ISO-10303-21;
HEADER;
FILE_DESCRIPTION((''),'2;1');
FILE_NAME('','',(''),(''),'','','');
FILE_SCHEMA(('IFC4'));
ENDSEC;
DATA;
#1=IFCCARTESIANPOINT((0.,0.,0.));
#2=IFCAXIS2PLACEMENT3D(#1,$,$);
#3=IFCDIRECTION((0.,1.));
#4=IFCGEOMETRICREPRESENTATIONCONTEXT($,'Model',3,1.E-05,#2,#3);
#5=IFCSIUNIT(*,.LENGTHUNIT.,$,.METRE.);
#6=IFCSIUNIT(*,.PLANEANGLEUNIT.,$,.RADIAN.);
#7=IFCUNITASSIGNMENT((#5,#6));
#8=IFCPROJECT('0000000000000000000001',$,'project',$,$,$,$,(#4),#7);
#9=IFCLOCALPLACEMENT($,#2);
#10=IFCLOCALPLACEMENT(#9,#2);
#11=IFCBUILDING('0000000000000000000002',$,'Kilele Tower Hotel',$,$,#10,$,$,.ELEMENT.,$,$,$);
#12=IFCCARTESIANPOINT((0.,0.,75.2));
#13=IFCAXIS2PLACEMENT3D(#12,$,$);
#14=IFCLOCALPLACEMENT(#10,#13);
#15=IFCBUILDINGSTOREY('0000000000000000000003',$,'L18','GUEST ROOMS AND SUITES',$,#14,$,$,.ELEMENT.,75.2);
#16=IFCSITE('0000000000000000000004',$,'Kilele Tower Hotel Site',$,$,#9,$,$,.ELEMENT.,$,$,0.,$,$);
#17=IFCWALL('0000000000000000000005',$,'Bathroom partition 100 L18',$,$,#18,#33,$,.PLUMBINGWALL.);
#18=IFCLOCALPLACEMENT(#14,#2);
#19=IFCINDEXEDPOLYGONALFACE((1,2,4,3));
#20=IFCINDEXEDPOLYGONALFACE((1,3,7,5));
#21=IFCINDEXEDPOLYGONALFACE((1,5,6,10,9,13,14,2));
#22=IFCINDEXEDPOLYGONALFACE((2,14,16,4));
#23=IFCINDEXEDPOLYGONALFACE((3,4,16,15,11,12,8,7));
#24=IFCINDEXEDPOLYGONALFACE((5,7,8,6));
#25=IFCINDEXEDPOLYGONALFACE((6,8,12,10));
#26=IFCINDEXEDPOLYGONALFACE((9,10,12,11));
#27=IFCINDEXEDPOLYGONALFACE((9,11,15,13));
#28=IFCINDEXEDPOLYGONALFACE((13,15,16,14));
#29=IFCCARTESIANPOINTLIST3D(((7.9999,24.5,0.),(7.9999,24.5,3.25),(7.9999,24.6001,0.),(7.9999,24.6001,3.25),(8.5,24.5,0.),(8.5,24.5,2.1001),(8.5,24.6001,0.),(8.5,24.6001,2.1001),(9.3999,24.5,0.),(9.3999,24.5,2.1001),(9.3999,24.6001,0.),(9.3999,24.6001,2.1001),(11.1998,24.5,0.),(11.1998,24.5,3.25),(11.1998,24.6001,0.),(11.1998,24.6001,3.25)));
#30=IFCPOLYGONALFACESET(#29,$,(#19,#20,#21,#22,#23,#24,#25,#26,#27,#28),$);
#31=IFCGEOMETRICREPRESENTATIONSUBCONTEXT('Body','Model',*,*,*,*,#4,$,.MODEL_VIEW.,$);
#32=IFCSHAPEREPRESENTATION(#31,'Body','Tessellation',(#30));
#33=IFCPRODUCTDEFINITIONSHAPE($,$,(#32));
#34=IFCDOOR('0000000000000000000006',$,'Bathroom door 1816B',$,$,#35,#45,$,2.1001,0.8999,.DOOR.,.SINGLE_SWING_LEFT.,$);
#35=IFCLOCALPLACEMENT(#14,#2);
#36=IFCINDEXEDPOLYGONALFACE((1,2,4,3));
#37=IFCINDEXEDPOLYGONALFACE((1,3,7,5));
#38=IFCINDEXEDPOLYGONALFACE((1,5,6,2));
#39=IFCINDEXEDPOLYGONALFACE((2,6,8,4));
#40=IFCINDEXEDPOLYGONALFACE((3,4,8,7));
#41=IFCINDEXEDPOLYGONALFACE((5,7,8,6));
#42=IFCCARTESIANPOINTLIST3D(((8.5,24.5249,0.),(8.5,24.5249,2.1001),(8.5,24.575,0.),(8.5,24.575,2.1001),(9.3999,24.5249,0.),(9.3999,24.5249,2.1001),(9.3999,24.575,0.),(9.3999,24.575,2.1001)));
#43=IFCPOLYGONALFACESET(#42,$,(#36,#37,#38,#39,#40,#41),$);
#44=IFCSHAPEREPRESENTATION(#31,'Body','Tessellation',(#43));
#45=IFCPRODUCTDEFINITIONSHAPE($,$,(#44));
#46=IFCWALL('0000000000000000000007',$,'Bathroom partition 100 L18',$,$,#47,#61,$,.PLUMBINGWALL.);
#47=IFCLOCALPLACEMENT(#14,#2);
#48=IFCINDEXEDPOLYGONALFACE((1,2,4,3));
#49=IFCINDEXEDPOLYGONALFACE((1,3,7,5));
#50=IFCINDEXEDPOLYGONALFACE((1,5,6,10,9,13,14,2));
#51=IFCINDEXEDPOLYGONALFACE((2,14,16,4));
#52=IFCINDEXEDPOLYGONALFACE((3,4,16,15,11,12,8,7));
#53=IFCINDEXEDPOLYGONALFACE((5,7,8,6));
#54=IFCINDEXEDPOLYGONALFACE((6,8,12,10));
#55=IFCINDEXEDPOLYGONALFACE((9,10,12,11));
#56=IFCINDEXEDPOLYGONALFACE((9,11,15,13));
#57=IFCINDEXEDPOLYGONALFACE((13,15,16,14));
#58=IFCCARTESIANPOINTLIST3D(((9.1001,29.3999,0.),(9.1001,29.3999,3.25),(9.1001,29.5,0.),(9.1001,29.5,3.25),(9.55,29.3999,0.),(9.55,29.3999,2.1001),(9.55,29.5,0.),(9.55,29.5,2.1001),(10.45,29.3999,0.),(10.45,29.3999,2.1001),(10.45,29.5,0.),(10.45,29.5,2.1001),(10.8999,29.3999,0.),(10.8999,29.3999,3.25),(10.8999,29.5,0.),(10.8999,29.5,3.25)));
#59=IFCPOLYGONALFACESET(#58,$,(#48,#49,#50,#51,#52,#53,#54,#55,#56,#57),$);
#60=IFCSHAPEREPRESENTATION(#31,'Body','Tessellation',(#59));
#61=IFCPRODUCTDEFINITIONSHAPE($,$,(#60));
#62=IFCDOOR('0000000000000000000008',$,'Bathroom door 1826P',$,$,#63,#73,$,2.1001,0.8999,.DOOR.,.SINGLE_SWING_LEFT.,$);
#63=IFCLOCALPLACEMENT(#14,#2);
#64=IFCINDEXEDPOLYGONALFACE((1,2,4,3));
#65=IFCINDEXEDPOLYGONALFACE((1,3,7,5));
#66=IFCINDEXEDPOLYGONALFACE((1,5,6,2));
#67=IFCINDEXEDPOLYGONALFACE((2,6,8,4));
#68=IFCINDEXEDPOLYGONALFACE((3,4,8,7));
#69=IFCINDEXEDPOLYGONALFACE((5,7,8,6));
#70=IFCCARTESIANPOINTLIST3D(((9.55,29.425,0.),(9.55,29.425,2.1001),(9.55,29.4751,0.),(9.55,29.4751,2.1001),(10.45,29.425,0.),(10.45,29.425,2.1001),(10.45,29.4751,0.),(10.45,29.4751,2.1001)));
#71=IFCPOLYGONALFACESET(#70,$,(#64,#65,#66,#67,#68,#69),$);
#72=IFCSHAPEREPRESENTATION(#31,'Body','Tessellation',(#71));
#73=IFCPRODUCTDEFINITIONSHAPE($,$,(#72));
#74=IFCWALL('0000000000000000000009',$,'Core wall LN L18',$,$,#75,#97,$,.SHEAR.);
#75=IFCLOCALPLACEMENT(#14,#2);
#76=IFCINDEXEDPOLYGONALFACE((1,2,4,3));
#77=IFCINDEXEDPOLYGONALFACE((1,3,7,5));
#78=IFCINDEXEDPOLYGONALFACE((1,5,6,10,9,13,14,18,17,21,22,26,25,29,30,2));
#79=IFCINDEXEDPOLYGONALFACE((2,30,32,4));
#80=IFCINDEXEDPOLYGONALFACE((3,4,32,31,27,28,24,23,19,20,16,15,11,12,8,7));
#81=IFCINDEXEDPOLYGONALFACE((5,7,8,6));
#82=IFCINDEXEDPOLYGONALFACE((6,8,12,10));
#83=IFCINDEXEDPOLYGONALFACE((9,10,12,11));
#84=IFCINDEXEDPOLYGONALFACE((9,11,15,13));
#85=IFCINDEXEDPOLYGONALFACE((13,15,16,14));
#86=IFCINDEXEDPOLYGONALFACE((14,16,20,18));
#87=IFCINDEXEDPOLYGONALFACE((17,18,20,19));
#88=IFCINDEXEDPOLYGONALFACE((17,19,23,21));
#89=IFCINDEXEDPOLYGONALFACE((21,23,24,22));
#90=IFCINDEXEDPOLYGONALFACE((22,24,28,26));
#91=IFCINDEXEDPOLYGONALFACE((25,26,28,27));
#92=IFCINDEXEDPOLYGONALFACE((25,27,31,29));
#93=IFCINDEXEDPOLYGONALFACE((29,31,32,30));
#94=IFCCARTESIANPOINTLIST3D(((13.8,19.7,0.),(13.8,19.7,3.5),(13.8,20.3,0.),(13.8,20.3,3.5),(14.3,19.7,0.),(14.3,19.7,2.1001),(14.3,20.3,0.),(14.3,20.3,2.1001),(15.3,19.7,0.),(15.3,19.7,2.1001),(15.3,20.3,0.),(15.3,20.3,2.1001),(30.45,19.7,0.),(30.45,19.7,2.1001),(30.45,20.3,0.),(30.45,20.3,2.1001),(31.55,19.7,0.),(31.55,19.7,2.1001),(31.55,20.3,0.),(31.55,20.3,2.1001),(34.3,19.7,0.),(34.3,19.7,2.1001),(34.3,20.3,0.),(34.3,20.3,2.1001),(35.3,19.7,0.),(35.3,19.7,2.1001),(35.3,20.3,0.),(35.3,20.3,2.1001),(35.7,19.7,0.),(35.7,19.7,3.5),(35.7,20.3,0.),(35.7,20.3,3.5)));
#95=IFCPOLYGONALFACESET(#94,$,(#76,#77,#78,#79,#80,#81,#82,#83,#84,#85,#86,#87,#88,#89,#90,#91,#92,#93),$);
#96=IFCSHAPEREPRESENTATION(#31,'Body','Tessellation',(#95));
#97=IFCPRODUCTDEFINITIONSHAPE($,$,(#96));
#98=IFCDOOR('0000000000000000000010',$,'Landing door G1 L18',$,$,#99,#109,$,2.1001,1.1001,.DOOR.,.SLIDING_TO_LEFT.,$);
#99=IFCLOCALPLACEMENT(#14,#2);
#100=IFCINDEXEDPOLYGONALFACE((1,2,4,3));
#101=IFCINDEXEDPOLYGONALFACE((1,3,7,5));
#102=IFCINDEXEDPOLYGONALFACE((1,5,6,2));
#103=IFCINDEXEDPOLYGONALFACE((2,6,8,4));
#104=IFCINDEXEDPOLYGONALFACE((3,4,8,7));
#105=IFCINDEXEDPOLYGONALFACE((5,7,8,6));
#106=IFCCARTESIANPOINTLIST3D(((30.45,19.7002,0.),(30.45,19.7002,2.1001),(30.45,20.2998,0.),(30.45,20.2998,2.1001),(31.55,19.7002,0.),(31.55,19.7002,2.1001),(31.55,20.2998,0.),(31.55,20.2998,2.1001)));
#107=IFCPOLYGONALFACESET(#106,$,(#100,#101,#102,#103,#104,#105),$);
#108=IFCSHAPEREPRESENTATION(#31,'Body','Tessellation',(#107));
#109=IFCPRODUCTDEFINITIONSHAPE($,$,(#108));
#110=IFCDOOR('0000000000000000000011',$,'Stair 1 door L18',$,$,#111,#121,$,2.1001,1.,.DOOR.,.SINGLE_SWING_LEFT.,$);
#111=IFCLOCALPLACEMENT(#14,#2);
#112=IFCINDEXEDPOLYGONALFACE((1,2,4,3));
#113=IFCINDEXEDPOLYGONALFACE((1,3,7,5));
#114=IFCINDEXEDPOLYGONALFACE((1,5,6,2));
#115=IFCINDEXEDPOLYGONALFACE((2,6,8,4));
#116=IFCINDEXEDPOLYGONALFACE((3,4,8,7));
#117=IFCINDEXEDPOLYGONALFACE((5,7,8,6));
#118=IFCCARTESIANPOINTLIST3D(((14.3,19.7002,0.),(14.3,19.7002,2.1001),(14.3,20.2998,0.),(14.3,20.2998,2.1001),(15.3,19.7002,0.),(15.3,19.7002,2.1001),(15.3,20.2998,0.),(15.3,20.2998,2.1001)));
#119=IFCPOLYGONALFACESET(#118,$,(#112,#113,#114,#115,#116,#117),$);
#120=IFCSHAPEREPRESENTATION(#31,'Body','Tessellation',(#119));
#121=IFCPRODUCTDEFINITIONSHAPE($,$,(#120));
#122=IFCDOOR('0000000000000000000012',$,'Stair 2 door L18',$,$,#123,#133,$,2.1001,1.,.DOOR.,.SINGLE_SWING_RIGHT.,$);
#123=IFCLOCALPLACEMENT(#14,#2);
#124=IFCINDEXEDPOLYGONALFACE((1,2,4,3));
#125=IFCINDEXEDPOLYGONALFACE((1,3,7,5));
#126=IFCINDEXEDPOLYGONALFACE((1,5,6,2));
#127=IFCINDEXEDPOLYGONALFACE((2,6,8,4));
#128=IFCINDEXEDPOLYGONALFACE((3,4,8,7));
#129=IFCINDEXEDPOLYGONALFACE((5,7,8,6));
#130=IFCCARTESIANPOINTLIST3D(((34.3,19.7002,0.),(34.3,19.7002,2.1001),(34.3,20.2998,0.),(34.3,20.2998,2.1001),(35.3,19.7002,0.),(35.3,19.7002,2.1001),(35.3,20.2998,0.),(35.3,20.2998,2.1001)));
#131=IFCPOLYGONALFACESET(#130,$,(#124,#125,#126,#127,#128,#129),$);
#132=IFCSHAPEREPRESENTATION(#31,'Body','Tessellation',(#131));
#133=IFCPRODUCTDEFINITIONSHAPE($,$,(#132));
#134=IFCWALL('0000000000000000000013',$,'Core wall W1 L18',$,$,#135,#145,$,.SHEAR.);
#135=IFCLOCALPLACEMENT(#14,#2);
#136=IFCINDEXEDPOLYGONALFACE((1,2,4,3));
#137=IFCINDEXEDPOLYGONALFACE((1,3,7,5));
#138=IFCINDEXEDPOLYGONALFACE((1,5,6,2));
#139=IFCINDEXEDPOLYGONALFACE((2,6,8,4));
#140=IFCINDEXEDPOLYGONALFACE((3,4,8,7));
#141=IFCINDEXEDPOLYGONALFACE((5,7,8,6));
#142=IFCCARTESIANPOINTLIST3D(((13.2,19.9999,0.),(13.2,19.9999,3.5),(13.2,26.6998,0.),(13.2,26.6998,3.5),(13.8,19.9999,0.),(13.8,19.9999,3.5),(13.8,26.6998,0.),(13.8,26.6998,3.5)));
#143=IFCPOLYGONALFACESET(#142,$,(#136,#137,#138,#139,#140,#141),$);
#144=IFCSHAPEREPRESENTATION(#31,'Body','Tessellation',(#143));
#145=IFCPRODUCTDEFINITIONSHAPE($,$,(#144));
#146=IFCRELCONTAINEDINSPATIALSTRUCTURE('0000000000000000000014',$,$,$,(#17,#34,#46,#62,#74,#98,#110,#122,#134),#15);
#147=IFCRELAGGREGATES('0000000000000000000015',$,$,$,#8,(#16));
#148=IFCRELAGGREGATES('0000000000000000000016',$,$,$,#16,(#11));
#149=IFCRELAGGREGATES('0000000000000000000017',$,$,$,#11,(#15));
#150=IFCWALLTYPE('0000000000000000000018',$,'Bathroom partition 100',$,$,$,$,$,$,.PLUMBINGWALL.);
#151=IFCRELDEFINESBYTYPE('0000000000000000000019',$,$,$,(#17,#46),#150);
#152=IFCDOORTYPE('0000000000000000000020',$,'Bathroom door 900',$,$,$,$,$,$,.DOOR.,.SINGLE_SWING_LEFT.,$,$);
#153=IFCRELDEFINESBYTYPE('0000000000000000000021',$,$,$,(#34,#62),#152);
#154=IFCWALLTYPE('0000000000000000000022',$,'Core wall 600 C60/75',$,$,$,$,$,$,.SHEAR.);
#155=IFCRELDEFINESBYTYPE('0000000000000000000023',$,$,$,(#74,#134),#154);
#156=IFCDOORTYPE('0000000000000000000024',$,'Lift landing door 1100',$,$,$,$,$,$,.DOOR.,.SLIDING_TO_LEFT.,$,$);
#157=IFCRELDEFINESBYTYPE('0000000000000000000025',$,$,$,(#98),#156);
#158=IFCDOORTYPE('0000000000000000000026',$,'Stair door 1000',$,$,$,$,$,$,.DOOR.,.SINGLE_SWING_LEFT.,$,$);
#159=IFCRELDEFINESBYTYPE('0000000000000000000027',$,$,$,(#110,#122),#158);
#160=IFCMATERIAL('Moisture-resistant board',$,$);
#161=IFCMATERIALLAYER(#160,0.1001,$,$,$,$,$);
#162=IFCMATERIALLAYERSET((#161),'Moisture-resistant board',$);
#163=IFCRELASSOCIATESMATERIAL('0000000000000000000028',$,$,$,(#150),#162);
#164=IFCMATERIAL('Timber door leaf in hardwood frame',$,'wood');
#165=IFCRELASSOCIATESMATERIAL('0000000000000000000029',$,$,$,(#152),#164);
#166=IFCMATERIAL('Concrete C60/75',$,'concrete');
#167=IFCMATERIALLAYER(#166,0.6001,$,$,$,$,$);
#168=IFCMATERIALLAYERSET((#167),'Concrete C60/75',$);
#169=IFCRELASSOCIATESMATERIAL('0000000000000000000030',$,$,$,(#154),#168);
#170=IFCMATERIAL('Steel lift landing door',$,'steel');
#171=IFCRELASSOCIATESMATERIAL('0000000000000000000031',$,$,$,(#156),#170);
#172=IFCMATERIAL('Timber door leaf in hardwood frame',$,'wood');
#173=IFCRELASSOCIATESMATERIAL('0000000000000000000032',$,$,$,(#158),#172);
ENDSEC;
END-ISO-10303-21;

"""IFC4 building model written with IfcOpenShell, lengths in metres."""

from ifc_helpers import new_model, si_unit, direction, frame, frame_2d, origin, place, context, subcontext, project, spatial, rectangle, extrude, material, layer, layer_set, type_object, element, fill, save


model = new_model("IFC4")

# Units and contexts
model_context = context("Model", 3, precision=1e-05, world=origin(), true_north=direction((0.0, 1.0)))
body_context = subcontext(model_context, "Body", "Model", "MODEL_VIEW")
ifc_project = project(units=[si_unit("LENGTHUNIT", "METRE"), si_unit("PLANEANGLEUNIT", "RADIAN")], contexts=[model_context])

# Site, building, storey
site_placement = place(None, origin())
site = spatial("IfcSite", under=ifc_project, at=site_placement, Name="Kilele Tower Hotel Site", CompositionType="ELEMENT", RefElevation=0.0)
building_placement = place(site_placement, origin())
building = spatial("IfcBuilding", under=site, at=building_placement, Name="Kilele Tower Hotel", CompositionType="ELEMENT")
storey_placement = place(building_placement, frame((0.0, 0.0, 75.2)))
storey = spatial("IfcBuildingStorey", under=building, at=storey_placement, Name="L18", Description="GUEST ROOMS AND SUITES", CompositionType="ELEMENT", Elevation=75.2)

# Walls, openings, doors
ifc_material_1 = material(Name="Moisture-resistant board")
ifc_layer_1 = layer(ifc_material_1, 0.1001)
ifc_layer_set_1 = layer_set([ifc_layer_1], Name="Moisture-resistant board")
wall_type_1 = type_object("IfcWallType", Name="Bathroom partition 100", PredefinedType="PLUMBINGWALL", material=ifc_layer_set_1)
wall_1_placement = place(storey_placement, frame((11.2, 24.55, 0.0), z_axis=(0.0, 0.0, 1.0), x_axis=(-1.0, 0.0, 0.0)))
wall_1 = element("IfcWall", 1, at=wall_1_placement, inside=storey, type_object=wall_type_1, Name="Bathroom partition 100 L18", PredefinedType="PLUMBINGWALL", context=body_context, shape_type="SweptSolid", body=[
    extrude(rectangle(XDim=3.2, YDim=0.1001, at=frame_2d((1.6001, 0.0))), origin(), (0.0, 0.0, 1.0), 3.25),
])
opening_1_placement = place(wall_1_placement, frame((2.7, 0.0, 0.0), z_axis=(0.0, 0.0, 1.0), x_axis=(-1.0, 0.0, 0.0)))
opening_1 = element("IfcOpeningElement", 2, at=opening_1_placement, cuts=wall_1, PredefinedType="OPENING", context=body_context, shape_type="SweptSolid", body=[
    extrude(rectangle(XDim=0.8999, YDim=2.1001, at=frame_2d((0.45, 1.05))), frame((0.0, 0.0601, 0.0), z_axis=(0.0, -1.0, 0.0), x_axis=(1.0, 0.0, 0.0)), (0.0, 0.0, 1.0), 0.1201),
])
ifc_material_2 = material(Name="Timber door leaf in hardwood frame", Category="wood")
door_type_1 = type_object("IfcDoorType", Name="Bathroom door 900", OperationType="SINGLE_SWING_LEFT", PredefinedType="DOOR", material=ifc_material_2)
door_1_placement = place(opening_1_placement, origin())
door_1 = element("IfcDoor", 3, at=door_1_placement, inside=storey, type_object=door_type_1, Name="Bathroom door 1816B", OperationType="SINGLE_SWING_LEFT", OverallHeight=2.1001, OverallWidth=0.8999, PredefinedType="DOOR", context=body_context, shape_type="SweptSolid", body=[
    extrude(rectangle(XDim=0.8999, YDim=2.1001, at=frame_2d((0.45, 1.05))), frame((0.0, 0.0249, 0.0), z_axis=(0.0, -1.0, 0.0), x_axis=(1.0, 0.0, 0.0)), (0.0, 0.0, 1.0), 0.05),
])
fill(opening_1, door_1)
wall_2_placement = place(storey_placement, frame((10.8999, 29.45, 0.0), z_axis=(0.0, 0.0, 1.0), x_axis=(-1.0, 0.0, 0.0)))
wall_2 = element("IfcWall", 4, at=wall_2_placement, inside=storey, type_object=wall_type_1, Name="Bathroom partition 100 L18", PredefinedType="PLUMBINGWALL", context=body_context, shape_type="SweptSolid", body=[
    extrude(rectangle(XDim=1.7998, YDim=0.1001, at=frame_2d((0.8999, 0.0))), origin(), (0.0, 0.0, 1.0), 3.25),
])
opening_2_placement = place(wall_2_placement, frame((0.45, 0.0, 0.0)))
opening_2 = element("IfcOpeningElement", 5, at=opening_2_placement, cuts=wall_2, PredefinedType="OPENING", context=body_context, shape_type="SweptSolid", body=[
    extrude(rectangle(XDim=0.8999, YDim=2.1001, at=frame_2d((0.45, 1.05))), frame((0.0, 0.0601, 0.0), z_axis=(0.0, -1.0, 0.0), x_axis=(1.0, 0.0, 0.0)), (0.0, 0.0, 1.0), 0.1201),
])
door_2_placement = place(opening_2_placement, origin())
door_2 = element("IfcDoor", 6, at=door_2_placement, inside=storey, type_object=door_type_1, Name="Bathroom door 1826P", OperationType="SINGLE_SWING_LEFT", OverallHeight=2.1001, OverallWidth=0.8999, PredefinedType="DOOR", context=body_context, shape_type="SweptSolid", body=[
    extrude(rectangle(XDim=0.8999, YDim=2.1001, at=frame_2d((0.45, 1.05))), frame((0.0, 0.0249, 0.0), z_axis=(0.0, -1.0, 0.0), x_axis=(1.0, 0.0, 0.0)), (0.0, 0.0, 1.0), 0.05),
])
fill(opening_2, door_2)

# Wall, openings, doors
ifc_material_3 = material(Name="Concrete C60/75", Category="concrete")
ifc_layer_2 = layer(ifc_material_3, 0.6001)
ifc_layer_set_2 = layer_set([ifc_layer_2], Name="Concrete C60/75")
wall_type_2 = type_object("IfcWallType", Name="Core wall 600 C60/75", PredefinedType="SHEAR", material=ifc_layer_set_2)
wall_3_placement = place(storey_placement, frame((13.8, 20.0, 0.0), z_axis=(0.0, 0.0, 1.0), x_axis=(1.0, 0.0, 0.0)))
wall_3 = element("IfcWall", 7, at=wall_3_placement, inside=storey, type_object=wall_type_2, Name="Core wall LN L18", PredefinedType="SHEAR", context=body_context, shape_type="SweptSolid", body=[
    extrude(rectangle(XDim=21.8999, YDim=0.6001, at=frame_2d((10.95, 0.0))), origin(), (0.0, 0.0, 1.0), 3.5),
])
opening_3_placement = place(wall_3_placement, frame((0.5, 0.0, 0.0)))
opening_3 = element("IfcOpeningElement", 8, at=opening_3_placement, cuts=wall_3, PredefinedType="OPENING", context=body_context, shape_type="SweptSolid", body=[
    extrude(rectangle(XDim=1.0, YDim=2.1001, at=frame_2d((0.5, 1.05))), frame((0.0, 0.3101, 0.0), z_axis=(0.0, -1.0, 0.0), x_axis=(1.0, 0.0, 0.0)), (0.0, 0.0, 1.0), 0.6201),
])
opening_4_placement = place(wall_3_placement, frame((20.5, 0.0, 0.0)))
opening_4 = element("IfcOpeningElement", 9, at=opening_4_placement, cuts=wall_3, PredefinedType="OPENING", context=body_context, shape_type="SweptSolid", body=[
    extrude(rectangle(XDim=1.0, YDim=2.1001, at=frame_2d((0.5, 1.05))), frame((0.0, 0.3101, 0.0), z_axis=(0.0, -1.0, 0.0), x_axis=(1.0, 0.0, 0.0)), (0.0, 0.0, 1.0), 0.6201),
])
opening_5_placement = place(wall_3_placement, frame((16.6499, 0.0, 0.0)))
opening_5 = element("IfcOpeningElement", 10, at=opening_5_placement, cuts=wall_3, PredefinedType="OPENING", context=body_context, shape_type="SweptSolid", body=[
    extrude(rectangle(XDim=1.1001, YDim=2.1001, at=frame_2d((0.55, 1.05))), frame((0.0, 0.3101, 0.0), z_axis=(0.0, -1.0, 0.0), x_axis=(1.0, 0.0, 0.0)), (0.0, 0.0, 1.0), 0.6201),
])
ifc_material_4 = material(Name="Steel lift landing door", Category="steel")
door_type_2 = type_object("IfcDoorType", Name="Lift landing door 1100", OperationType="SLIDING_TO_LEFT", PredefinedType="DOOR", material=ifc_material_4)
door_3_placement = place(opening_5_placement, origin())
door_3 = element("IfcDoor", 11, at=door_3_placement, inside=storey, type_object=door_type_2, Name="Landing door G1 L18", OperationType="SLIDING_TO_LEFT", OverallHeight=2.1001, OverallWidth=1.1001, PredefinedType="DOOR", context=body_context, shape_type="SweptSolid", body=[
    extrude(rectangle(XDim=1.1001, YDim=2.1001, at=frame_2d((0.55, 1.05))), frame((0.0, 0.2998, 0.0), z_axis=(0.0, -1.0, 0.0), x_axis=(1.0, 0.0, 0.0)), (0.0, 0.0, 1.0), 0.5996),
])
fill(opening_5, door_3)
ifc_material_5 = material(Name="Timber door leaf in hardwood frame", Category="wood")
door_type_3 = type_object("IfcDoorType", Name="Stair door 1000", OperationType="SINGLE_SWING_LEFT", PredefinedType="DOOR", material=ifc_material_5)
door_4_placement = place(opening_3_placement, origin())
door_4 = element("IfcDoor", 12, at=door_4_placement, inside=storey, type_object=door_type_3, Name="Stair 1 door L18", OperationType="SINGLE_SWING_LEFT", OverallHeight=2.1001, OverallWidth=1.0, PredefinedType="DOOR", context=body_context, shape_type="SweptSolid", body=[
    extrude(rectangle(XDim=1.0, YDim=2.1001, at=frame_2d((0.5, 1.05))), frame((0.0, 0.2998, 0.0), z_axis=(0.0, -1.0, 0.0), x_axis=(1.0, 0.0, 0.0)), (0.0, 0.0, 1.0), 0.5996),
])
fill(opening_3, door_4)
door_5_placement = place(opening_4_placement, origin())
door_5 = element("IfcDoor", 13, at=door_5_placement, inside=storey, type_object=door_type_3, Name="Stair 2 door L18", OperationType="SINGLE_SWING_RIGHT", OverallHeight=2.1001, OverallWidth=1.0, PredefinedType="DOOR", context=body_context, shape_type="SweptSolid", body=[
    extrude(rectangle(XDim=1.0, YDim=2.1001, at=frame_2d((0.5, 1.05))), frame((0.0, 0.2998, 0.0), z_axis=(0.0, -1.0, 0.0), x_axis=(1.0, 0.0, 0.0)), (0.0, 0.0, 1.0), 0.5996),
])
fill(opening_4, door_5)

# Wall
wall_4_placement = place(storey_placement, frame((13.5, 26.7, 0.0), z_axis=(0.0, 0.0, 1.0), x_axis=(0.0, -1.0, 0.0)))
element("IfcWall", 14, at=wall_4_placement, inside=storey, type_object=wall_type_2, Name="Core wall W1 L18", PredefinedType="SHEAR", context=body_context, shape_type="SweptSolid", body=[
    extrude(rectangle(XDim=6.7, YDim=0.6001, at=frame_2d((3.3501, 0.0))), origin(), (0.0, 0.0, 1.0), 3.5),
])

save(model, "model.ifc")
